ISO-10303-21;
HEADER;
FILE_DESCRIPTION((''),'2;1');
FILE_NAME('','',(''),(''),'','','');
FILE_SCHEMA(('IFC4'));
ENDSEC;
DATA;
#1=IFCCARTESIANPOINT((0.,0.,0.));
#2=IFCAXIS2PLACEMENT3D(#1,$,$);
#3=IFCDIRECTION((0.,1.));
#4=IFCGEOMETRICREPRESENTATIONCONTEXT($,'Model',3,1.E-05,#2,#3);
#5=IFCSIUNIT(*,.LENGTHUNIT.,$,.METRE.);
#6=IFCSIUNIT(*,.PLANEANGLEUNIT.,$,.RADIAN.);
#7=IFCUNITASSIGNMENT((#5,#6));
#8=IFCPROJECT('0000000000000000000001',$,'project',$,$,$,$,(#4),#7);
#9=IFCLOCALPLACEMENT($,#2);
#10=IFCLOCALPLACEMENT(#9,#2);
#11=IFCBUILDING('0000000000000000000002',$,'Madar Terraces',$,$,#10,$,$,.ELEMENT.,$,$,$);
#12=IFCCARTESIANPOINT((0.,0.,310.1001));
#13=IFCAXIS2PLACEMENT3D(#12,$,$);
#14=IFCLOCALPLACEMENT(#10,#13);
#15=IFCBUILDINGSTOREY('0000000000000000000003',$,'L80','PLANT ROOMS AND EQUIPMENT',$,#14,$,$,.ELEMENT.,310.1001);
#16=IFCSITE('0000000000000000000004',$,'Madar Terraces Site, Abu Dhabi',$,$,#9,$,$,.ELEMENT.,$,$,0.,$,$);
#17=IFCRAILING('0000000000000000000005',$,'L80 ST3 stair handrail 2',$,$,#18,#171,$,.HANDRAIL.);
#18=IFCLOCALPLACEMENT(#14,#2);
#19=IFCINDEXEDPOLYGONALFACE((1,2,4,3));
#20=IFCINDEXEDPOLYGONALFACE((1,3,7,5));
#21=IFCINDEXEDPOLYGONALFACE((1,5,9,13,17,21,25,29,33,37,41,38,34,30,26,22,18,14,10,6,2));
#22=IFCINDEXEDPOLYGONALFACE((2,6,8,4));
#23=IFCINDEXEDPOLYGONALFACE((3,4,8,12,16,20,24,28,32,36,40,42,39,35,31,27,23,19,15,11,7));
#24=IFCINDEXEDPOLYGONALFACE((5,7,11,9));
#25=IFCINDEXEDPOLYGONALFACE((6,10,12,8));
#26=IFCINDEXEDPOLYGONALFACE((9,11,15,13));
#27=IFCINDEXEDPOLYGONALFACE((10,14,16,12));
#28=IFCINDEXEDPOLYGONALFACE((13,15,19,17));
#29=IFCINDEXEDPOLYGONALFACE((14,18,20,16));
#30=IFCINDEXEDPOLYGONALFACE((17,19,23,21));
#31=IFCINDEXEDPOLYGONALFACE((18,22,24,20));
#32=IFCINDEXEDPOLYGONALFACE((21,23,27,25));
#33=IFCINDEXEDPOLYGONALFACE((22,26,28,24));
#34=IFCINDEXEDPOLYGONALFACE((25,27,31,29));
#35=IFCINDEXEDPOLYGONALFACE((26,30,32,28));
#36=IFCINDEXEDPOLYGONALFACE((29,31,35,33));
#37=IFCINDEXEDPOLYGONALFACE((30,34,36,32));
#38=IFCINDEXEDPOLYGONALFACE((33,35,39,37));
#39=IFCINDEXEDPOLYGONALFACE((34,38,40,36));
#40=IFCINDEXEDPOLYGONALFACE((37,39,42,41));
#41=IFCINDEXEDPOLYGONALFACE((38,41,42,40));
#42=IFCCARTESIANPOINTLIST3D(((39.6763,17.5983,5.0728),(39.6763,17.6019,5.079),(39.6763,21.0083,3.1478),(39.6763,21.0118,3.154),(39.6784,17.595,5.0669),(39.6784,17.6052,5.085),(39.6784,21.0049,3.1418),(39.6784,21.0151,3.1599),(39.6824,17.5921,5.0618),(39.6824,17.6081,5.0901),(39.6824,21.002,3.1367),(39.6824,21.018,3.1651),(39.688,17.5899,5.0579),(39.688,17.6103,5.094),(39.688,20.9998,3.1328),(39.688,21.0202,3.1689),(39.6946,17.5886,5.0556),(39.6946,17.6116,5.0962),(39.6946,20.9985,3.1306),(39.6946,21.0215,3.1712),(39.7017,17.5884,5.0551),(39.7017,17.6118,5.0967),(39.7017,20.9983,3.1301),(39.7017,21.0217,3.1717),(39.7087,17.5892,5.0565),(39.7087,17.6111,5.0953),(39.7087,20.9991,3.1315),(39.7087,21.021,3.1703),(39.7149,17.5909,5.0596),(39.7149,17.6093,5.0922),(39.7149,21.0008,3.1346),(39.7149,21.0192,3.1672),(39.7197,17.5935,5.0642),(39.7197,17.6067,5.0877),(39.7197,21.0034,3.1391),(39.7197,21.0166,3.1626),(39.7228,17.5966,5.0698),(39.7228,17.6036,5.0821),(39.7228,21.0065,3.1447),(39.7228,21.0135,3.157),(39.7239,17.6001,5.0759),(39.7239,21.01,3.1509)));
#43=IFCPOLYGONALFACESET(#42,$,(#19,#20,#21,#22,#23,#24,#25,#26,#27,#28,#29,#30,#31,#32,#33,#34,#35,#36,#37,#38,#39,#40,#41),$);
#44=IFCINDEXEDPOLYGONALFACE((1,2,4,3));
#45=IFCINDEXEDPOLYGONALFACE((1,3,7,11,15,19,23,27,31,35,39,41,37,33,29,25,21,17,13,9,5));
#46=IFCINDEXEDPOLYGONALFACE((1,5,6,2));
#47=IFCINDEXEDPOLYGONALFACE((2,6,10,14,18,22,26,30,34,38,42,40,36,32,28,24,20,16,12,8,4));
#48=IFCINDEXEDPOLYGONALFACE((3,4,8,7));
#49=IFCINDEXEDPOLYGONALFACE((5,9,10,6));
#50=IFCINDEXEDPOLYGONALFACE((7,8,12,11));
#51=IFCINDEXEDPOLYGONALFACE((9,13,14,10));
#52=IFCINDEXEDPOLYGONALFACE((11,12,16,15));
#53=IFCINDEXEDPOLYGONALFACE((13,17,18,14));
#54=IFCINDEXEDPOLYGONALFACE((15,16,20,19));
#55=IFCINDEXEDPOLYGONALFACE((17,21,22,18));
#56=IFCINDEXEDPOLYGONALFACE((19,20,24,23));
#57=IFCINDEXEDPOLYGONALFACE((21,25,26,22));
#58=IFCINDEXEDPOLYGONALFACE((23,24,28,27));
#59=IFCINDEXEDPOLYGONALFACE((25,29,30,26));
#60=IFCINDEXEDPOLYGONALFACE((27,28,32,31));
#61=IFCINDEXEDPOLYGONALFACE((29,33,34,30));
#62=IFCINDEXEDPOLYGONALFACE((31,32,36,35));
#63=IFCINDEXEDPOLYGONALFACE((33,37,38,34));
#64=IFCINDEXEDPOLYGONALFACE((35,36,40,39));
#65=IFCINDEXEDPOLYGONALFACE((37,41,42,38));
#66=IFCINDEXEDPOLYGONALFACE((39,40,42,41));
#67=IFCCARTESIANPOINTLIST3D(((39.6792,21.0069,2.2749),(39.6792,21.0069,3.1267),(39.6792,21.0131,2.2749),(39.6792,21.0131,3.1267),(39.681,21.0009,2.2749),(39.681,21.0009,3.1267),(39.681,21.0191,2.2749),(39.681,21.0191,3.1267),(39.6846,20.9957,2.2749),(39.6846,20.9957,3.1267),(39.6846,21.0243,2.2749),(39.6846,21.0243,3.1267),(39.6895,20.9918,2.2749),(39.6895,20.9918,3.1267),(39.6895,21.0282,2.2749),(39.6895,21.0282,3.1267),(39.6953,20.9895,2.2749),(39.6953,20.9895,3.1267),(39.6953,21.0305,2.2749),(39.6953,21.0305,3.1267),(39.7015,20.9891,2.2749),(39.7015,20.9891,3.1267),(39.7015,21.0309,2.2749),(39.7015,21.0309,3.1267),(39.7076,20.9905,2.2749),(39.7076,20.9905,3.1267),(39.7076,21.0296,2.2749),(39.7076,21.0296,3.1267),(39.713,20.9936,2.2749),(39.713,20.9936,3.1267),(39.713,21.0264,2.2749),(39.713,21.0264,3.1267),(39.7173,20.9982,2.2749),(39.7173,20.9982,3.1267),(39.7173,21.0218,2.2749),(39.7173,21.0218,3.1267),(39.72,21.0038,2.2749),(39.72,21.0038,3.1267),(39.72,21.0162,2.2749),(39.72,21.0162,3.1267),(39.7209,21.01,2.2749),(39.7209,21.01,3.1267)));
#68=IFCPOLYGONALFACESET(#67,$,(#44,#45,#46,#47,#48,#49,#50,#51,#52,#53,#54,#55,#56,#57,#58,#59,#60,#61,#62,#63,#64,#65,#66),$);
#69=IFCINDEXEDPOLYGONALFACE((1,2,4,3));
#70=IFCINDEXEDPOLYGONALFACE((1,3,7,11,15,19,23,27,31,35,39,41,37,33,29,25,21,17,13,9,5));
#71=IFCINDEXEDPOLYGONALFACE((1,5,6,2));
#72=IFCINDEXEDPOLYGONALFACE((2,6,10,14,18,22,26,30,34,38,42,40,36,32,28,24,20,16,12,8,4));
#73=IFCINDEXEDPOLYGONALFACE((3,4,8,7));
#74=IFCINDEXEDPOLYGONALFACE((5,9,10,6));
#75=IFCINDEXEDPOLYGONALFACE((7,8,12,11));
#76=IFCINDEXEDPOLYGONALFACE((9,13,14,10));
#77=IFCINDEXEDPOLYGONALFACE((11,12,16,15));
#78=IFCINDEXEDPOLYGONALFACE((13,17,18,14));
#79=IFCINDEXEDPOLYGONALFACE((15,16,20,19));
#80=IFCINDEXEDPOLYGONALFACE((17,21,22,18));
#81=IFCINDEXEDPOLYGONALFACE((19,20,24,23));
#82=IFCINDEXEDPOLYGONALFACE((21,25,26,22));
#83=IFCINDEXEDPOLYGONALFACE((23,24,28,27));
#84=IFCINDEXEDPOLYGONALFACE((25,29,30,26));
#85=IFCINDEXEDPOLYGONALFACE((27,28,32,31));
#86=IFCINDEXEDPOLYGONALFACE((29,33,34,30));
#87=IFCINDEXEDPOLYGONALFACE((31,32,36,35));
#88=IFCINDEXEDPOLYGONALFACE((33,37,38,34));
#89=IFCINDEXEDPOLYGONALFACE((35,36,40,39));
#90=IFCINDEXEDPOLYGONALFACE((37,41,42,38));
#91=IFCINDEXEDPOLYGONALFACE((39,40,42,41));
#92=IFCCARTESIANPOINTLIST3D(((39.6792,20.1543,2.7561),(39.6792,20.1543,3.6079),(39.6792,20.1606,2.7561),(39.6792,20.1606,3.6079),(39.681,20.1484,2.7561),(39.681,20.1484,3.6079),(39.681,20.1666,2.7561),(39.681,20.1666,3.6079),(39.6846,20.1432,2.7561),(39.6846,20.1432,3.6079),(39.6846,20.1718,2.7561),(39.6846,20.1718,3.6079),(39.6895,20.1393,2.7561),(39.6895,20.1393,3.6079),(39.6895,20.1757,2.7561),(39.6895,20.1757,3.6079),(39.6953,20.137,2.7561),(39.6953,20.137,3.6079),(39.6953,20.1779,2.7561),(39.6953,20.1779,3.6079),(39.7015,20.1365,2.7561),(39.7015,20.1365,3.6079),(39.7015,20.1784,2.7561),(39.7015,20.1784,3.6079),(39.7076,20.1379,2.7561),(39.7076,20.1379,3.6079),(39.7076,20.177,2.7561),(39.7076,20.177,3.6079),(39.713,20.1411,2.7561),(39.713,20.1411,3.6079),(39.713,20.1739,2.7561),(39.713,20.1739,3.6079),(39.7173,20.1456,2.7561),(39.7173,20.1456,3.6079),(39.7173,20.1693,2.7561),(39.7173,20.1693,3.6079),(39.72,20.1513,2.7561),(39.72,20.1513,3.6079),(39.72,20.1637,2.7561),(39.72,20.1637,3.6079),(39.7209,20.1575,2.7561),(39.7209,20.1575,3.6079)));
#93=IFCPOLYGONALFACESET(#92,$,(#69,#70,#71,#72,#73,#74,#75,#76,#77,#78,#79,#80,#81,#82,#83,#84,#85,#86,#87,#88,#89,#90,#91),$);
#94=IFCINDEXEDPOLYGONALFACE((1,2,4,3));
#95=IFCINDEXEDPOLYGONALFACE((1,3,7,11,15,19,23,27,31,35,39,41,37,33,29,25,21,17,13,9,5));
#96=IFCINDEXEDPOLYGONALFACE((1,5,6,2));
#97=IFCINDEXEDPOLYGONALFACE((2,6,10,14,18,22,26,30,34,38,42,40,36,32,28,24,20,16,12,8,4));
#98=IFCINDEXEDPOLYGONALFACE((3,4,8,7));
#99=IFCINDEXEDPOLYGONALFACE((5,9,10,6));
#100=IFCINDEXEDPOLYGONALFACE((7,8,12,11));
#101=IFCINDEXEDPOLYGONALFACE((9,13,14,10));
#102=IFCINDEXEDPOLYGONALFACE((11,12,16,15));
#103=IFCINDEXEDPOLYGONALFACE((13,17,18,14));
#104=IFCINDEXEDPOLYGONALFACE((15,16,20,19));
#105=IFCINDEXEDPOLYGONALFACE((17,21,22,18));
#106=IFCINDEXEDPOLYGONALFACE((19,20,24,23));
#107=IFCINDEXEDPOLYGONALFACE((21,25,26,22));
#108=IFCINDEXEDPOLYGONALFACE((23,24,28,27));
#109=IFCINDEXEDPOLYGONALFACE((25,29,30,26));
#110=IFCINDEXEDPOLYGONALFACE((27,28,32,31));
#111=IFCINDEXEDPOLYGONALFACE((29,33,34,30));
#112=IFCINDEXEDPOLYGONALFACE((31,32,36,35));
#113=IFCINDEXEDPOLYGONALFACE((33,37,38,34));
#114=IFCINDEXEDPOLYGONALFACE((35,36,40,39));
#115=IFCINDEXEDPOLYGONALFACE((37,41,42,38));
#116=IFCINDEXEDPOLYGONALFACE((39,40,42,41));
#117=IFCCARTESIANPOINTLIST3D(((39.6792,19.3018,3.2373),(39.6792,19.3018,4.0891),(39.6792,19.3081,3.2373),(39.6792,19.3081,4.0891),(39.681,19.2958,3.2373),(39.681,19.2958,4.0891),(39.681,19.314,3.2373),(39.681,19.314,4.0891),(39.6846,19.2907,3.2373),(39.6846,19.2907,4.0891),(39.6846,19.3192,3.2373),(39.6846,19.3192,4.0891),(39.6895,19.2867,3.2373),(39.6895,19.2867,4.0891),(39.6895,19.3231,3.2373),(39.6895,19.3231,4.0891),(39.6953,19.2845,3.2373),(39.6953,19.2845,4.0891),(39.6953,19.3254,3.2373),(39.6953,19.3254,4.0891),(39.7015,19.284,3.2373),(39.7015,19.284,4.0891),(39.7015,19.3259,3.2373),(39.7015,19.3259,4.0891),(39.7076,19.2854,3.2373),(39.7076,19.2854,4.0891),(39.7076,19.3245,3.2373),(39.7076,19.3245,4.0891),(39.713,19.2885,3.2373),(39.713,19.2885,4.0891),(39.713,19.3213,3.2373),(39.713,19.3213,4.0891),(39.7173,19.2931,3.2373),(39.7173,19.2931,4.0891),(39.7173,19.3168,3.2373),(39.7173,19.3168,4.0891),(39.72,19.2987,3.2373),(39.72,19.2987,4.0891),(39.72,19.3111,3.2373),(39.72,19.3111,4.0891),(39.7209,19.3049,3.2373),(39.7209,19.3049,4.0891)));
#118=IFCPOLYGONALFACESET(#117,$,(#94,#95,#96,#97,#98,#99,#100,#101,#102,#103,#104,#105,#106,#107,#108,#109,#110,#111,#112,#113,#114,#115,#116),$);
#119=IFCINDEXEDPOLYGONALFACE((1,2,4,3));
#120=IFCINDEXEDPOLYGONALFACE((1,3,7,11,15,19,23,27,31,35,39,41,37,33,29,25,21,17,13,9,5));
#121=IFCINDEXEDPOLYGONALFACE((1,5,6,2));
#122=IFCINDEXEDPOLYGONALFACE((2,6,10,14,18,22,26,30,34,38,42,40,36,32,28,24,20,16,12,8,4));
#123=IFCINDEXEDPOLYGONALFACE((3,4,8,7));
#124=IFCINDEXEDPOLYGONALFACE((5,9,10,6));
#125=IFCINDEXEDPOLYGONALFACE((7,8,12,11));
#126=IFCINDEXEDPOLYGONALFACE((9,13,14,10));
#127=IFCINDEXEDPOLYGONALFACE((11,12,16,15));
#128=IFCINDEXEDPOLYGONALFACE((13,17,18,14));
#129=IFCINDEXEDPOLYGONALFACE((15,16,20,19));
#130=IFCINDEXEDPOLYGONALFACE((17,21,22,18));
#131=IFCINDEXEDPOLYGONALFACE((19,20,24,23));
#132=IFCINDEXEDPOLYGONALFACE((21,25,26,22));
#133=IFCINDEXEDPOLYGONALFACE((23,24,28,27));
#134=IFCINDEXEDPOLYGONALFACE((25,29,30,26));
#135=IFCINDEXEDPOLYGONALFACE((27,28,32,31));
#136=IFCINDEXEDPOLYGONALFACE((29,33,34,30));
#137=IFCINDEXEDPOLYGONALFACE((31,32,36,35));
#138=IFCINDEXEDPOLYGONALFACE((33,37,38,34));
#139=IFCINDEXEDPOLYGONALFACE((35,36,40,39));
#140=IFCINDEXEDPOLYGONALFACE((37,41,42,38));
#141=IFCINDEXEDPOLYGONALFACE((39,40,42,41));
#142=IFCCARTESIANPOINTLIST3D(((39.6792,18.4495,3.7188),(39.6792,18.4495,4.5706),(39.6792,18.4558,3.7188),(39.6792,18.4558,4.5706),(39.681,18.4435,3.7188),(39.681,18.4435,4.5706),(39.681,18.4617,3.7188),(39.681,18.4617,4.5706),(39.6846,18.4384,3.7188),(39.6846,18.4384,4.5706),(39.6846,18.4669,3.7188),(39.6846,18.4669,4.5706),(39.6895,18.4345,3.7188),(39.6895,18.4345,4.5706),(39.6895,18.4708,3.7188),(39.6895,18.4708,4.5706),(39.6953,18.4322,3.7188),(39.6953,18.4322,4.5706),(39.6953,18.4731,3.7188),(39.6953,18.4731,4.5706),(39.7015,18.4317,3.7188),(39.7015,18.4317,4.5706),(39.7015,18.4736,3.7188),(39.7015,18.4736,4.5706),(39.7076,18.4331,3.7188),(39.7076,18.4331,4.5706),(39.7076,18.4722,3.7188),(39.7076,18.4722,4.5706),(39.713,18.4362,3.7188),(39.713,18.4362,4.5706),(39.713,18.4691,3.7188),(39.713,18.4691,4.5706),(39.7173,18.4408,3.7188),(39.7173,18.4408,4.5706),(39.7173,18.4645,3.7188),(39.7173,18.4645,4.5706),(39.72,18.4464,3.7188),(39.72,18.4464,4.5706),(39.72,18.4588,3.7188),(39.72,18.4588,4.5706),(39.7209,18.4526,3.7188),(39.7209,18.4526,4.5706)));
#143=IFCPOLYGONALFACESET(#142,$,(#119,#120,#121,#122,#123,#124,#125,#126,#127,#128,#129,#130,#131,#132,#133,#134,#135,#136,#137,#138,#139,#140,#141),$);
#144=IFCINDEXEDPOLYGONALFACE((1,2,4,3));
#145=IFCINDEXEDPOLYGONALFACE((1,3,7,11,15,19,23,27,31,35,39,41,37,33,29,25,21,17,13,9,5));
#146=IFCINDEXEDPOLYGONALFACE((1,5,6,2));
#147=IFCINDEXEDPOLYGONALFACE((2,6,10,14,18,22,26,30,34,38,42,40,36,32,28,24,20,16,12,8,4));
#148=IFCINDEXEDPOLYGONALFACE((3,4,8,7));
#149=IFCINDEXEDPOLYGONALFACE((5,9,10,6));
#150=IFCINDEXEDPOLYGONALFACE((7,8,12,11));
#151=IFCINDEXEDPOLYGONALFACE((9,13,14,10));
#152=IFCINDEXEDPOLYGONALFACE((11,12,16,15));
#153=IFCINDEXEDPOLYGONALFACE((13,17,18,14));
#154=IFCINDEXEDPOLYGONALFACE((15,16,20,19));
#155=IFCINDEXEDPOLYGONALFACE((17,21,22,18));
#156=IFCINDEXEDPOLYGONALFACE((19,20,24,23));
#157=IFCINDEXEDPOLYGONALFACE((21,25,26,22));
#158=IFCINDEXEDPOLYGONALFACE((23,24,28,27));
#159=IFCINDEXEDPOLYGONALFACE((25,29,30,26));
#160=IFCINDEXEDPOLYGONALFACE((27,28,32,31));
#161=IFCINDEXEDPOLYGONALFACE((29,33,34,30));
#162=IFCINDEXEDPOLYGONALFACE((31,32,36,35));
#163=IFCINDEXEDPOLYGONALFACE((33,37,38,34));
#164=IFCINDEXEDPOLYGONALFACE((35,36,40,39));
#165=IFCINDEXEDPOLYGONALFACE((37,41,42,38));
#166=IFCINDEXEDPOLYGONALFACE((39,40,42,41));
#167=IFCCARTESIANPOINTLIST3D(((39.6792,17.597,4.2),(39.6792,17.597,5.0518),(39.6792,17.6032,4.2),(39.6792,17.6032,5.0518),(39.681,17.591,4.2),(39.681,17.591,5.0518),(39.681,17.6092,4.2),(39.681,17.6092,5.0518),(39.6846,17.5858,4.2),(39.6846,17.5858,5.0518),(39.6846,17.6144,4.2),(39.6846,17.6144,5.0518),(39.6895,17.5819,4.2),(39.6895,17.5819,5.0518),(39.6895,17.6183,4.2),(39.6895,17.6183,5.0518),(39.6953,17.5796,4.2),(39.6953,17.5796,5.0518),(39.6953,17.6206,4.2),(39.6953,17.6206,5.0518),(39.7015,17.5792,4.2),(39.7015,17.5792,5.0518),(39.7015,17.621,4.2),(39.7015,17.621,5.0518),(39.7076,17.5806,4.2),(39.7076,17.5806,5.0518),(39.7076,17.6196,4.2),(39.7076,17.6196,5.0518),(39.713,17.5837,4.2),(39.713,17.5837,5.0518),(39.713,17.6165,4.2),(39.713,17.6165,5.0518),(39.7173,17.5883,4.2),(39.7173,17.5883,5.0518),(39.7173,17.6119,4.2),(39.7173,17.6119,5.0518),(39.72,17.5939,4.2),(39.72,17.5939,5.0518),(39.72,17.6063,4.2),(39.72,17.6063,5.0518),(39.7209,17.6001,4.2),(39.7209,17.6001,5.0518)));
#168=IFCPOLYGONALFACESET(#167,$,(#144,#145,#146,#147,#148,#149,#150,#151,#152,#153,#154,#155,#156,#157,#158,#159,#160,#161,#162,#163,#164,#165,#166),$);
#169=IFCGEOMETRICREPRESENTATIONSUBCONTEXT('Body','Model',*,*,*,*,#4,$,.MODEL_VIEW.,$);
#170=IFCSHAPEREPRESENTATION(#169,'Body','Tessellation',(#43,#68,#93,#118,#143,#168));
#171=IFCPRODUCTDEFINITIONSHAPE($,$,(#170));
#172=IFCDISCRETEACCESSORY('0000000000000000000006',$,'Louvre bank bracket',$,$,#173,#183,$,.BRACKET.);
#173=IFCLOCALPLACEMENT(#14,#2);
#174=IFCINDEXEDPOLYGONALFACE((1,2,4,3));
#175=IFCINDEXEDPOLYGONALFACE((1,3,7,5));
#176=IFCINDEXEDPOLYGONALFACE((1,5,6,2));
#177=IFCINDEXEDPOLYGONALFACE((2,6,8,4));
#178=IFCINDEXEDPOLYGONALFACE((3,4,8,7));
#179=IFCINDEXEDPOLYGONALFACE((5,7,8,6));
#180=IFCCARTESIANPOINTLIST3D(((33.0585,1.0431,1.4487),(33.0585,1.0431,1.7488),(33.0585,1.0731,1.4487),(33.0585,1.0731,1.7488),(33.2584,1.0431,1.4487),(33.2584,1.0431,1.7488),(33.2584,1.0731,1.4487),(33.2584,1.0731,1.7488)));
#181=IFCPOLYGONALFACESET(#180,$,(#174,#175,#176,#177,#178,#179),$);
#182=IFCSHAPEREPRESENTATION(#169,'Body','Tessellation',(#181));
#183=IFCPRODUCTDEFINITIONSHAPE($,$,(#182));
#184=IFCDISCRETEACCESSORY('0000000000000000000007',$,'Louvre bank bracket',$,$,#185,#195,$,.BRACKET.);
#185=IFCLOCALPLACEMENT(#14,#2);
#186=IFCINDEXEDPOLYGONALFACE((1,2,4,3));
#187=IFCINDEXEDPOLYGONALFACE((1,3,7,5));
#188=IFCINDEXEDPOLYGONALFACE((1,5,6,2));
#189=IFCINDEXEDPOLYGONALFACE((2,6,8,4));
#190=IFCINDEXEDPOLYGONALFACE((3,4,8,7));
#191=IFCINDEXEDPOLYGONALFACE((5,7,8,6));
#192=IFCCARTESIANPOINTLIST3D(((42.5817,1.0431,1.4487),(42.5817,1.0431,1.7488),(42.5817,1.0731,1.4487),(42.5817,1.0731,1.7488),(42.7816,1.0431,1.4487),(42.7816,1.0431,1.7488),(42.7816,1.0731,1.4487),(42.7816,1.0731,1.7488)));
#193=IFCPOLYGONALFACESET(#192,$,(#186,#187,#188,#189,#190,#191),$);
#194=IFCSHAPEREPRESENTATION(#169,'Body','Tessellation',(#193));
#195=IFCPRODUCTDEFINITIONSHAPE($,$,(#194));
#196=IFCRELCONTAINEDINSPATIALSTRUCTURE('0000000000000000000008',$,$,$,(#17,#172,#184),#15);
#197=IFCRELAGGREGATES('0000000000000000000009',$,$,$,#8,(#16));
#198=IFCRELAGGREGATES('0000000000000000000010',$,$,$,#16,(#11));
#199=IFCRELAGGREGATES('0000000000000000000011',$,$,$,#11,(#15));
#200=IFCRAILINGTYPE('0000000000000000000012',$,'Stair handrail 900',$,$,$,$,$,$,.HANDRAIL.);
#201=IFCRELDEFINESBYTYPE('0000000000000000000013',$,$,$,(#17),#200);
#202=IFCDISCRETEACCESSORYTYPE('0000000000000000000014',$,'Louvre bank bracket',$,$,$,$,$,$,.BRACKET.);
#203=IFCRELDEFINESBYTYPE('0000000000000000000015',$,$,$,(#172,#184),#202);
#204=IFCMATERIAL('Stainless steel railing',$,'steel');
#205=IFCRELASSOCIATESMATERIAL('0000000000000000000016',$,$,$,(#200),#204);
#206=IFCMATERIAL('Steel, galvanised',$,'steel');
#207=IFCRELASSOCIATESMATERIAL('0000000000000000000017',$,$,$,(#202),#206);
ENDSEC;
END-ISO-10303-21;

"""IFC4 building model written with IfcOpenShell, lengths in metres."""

from ifc_helpers import new_model, si_unit, direction, frame, origin, origin_2d, place, context, subcontext, project, spatial, rectangle, circle, extrude, material, type_object, element, save


model = new_model("IFC4")

# Units and contexts
model_context = context("Model", 3, precision=1e-05, world=origin(), true_north=direction((0.0, 1.0)))
body_context = subcontext(model_context, "Body", "Model", "MODEL_VIEW")
ifc_project = project(units=[si_unit("LENGTHUNIT", "METRE"), si_unit("PLANEANGLEUNIT", "RADIAN")], contexts=[model_context])

# Site, building, storey
site_placement = place(None, origin())
site = spatial("IfcSite", under=ifc_project, at=site_placement, Name="Madar Terraces Site, Abu Dhabi", CompositionType="ELEMENT", RefElevation=0.0)
building_placement = place(site_placement, origin())
building = spatial("IfcBuilding", under=site, at=building_placement, Name="Madar Terraces", CompositionType="ELEMENT")
storey_placement = place(building_placement, frame((0.0, 0.0, 310.1001)))
storey = spatial("IfcBuildingStorey", under=building, at=storey_placement, Name="L80", Description="PLANT ROOMS AND EQUIPMENT", CompositionType="ELEMENT", Elevation=310.1001)

# Railing
ifc_material_1 = material(Name="Stainless steel railing", Category="steel")
railing_type_1 = type_object("IfcRailingType", Name="Stair handrail 900", PredefinedType="HANDRAIL", material=ifc_material_1)
railing_1_placement = place(storey_placement, frame((39.7, 21.01, 2.2749)))
element("IfcRailing", 1, at=railing_1_placement, inside=storey, type_object=railing_type_1, Name="L80 ST3 stair handrail 2", PredefinedType="HANDRAIL", context=body_context, shape_type="SweptSolid", body=[
    extrude(circle(Radius=0.0239, at=origin_2d()), frame((0.0, 0.0, 0.876), z_axis=(0.0, -0.870814, 0.491613), x_axis=(1.0, 0.0, 0.0)), (0.0, 0.0, 1.0), 3.9158),
    extrude(circle(Radius=0.021, at=origin_2d()), origin(), (0.0, 0.0, 1.0), 0.8518),
    extrude(circle(Radius=0.021, at=origin_2d()), frame((0.0, -0.8525, 0.4812)), (0.0, 0.0, 1.0), 0.8518),
    extrude(circle(Radius=0.021, at=origin_2d()), frame((0.0, -1.7051, 0.9624)), (0.0, 0.0, 1.0), 0.8518),
    extrude(circle(Radius=0.021, at=origin_2d()), frame((0.0, -2.5574, 1.4438)), (0.0, 0.0, 1.0), 0.8518),
    extrude(circle(Radius=0.021, at=origin_2d()), frame((0.0, -3.4099, 1.925)), (0.0, 0.0, 1.0), 0.8518),
])

# Discrete accessories
ifc_material_2 = material(Name="Steel, galvanised", Category="steel")
discrete_accessory_type = type_object("IfcDiscreteAccessoryType", Name="Louvre bank bracket", PredefinedType="BRACKET", material=ifc_material_2)
for number, where, z_axis, x_axis, name in (
    (2, (33.1584, 1.0581, 1.4487), (0.0, 0.0, 1.0), (1.0, 0.0, 0.0), "Louvre bank bracket"),
    (3, (42.6816, 1.0581, 1.4487), (0.0, 0.0, 1.0), (1.0, 0.0, 0.0), "Louvre bank bracket"),
):
    element("IfcDiscreteAccessory", number, at=place(storey_placement, frame(where, z_axis=z_axis, x_axis=x_axis)), inside=storey, type_object=discrete_accessory_type, Name=name, PredefinedType="BRACKET", context=body_context, shape_type="SweptSolid", body=[
        extrude(rectangle(XDim=0.2, YDim=0.03, at=origin_2d()), origin(), (0.0, 0.0, 1.0), 0.3),
    ])

save(model, "model.ifc")
